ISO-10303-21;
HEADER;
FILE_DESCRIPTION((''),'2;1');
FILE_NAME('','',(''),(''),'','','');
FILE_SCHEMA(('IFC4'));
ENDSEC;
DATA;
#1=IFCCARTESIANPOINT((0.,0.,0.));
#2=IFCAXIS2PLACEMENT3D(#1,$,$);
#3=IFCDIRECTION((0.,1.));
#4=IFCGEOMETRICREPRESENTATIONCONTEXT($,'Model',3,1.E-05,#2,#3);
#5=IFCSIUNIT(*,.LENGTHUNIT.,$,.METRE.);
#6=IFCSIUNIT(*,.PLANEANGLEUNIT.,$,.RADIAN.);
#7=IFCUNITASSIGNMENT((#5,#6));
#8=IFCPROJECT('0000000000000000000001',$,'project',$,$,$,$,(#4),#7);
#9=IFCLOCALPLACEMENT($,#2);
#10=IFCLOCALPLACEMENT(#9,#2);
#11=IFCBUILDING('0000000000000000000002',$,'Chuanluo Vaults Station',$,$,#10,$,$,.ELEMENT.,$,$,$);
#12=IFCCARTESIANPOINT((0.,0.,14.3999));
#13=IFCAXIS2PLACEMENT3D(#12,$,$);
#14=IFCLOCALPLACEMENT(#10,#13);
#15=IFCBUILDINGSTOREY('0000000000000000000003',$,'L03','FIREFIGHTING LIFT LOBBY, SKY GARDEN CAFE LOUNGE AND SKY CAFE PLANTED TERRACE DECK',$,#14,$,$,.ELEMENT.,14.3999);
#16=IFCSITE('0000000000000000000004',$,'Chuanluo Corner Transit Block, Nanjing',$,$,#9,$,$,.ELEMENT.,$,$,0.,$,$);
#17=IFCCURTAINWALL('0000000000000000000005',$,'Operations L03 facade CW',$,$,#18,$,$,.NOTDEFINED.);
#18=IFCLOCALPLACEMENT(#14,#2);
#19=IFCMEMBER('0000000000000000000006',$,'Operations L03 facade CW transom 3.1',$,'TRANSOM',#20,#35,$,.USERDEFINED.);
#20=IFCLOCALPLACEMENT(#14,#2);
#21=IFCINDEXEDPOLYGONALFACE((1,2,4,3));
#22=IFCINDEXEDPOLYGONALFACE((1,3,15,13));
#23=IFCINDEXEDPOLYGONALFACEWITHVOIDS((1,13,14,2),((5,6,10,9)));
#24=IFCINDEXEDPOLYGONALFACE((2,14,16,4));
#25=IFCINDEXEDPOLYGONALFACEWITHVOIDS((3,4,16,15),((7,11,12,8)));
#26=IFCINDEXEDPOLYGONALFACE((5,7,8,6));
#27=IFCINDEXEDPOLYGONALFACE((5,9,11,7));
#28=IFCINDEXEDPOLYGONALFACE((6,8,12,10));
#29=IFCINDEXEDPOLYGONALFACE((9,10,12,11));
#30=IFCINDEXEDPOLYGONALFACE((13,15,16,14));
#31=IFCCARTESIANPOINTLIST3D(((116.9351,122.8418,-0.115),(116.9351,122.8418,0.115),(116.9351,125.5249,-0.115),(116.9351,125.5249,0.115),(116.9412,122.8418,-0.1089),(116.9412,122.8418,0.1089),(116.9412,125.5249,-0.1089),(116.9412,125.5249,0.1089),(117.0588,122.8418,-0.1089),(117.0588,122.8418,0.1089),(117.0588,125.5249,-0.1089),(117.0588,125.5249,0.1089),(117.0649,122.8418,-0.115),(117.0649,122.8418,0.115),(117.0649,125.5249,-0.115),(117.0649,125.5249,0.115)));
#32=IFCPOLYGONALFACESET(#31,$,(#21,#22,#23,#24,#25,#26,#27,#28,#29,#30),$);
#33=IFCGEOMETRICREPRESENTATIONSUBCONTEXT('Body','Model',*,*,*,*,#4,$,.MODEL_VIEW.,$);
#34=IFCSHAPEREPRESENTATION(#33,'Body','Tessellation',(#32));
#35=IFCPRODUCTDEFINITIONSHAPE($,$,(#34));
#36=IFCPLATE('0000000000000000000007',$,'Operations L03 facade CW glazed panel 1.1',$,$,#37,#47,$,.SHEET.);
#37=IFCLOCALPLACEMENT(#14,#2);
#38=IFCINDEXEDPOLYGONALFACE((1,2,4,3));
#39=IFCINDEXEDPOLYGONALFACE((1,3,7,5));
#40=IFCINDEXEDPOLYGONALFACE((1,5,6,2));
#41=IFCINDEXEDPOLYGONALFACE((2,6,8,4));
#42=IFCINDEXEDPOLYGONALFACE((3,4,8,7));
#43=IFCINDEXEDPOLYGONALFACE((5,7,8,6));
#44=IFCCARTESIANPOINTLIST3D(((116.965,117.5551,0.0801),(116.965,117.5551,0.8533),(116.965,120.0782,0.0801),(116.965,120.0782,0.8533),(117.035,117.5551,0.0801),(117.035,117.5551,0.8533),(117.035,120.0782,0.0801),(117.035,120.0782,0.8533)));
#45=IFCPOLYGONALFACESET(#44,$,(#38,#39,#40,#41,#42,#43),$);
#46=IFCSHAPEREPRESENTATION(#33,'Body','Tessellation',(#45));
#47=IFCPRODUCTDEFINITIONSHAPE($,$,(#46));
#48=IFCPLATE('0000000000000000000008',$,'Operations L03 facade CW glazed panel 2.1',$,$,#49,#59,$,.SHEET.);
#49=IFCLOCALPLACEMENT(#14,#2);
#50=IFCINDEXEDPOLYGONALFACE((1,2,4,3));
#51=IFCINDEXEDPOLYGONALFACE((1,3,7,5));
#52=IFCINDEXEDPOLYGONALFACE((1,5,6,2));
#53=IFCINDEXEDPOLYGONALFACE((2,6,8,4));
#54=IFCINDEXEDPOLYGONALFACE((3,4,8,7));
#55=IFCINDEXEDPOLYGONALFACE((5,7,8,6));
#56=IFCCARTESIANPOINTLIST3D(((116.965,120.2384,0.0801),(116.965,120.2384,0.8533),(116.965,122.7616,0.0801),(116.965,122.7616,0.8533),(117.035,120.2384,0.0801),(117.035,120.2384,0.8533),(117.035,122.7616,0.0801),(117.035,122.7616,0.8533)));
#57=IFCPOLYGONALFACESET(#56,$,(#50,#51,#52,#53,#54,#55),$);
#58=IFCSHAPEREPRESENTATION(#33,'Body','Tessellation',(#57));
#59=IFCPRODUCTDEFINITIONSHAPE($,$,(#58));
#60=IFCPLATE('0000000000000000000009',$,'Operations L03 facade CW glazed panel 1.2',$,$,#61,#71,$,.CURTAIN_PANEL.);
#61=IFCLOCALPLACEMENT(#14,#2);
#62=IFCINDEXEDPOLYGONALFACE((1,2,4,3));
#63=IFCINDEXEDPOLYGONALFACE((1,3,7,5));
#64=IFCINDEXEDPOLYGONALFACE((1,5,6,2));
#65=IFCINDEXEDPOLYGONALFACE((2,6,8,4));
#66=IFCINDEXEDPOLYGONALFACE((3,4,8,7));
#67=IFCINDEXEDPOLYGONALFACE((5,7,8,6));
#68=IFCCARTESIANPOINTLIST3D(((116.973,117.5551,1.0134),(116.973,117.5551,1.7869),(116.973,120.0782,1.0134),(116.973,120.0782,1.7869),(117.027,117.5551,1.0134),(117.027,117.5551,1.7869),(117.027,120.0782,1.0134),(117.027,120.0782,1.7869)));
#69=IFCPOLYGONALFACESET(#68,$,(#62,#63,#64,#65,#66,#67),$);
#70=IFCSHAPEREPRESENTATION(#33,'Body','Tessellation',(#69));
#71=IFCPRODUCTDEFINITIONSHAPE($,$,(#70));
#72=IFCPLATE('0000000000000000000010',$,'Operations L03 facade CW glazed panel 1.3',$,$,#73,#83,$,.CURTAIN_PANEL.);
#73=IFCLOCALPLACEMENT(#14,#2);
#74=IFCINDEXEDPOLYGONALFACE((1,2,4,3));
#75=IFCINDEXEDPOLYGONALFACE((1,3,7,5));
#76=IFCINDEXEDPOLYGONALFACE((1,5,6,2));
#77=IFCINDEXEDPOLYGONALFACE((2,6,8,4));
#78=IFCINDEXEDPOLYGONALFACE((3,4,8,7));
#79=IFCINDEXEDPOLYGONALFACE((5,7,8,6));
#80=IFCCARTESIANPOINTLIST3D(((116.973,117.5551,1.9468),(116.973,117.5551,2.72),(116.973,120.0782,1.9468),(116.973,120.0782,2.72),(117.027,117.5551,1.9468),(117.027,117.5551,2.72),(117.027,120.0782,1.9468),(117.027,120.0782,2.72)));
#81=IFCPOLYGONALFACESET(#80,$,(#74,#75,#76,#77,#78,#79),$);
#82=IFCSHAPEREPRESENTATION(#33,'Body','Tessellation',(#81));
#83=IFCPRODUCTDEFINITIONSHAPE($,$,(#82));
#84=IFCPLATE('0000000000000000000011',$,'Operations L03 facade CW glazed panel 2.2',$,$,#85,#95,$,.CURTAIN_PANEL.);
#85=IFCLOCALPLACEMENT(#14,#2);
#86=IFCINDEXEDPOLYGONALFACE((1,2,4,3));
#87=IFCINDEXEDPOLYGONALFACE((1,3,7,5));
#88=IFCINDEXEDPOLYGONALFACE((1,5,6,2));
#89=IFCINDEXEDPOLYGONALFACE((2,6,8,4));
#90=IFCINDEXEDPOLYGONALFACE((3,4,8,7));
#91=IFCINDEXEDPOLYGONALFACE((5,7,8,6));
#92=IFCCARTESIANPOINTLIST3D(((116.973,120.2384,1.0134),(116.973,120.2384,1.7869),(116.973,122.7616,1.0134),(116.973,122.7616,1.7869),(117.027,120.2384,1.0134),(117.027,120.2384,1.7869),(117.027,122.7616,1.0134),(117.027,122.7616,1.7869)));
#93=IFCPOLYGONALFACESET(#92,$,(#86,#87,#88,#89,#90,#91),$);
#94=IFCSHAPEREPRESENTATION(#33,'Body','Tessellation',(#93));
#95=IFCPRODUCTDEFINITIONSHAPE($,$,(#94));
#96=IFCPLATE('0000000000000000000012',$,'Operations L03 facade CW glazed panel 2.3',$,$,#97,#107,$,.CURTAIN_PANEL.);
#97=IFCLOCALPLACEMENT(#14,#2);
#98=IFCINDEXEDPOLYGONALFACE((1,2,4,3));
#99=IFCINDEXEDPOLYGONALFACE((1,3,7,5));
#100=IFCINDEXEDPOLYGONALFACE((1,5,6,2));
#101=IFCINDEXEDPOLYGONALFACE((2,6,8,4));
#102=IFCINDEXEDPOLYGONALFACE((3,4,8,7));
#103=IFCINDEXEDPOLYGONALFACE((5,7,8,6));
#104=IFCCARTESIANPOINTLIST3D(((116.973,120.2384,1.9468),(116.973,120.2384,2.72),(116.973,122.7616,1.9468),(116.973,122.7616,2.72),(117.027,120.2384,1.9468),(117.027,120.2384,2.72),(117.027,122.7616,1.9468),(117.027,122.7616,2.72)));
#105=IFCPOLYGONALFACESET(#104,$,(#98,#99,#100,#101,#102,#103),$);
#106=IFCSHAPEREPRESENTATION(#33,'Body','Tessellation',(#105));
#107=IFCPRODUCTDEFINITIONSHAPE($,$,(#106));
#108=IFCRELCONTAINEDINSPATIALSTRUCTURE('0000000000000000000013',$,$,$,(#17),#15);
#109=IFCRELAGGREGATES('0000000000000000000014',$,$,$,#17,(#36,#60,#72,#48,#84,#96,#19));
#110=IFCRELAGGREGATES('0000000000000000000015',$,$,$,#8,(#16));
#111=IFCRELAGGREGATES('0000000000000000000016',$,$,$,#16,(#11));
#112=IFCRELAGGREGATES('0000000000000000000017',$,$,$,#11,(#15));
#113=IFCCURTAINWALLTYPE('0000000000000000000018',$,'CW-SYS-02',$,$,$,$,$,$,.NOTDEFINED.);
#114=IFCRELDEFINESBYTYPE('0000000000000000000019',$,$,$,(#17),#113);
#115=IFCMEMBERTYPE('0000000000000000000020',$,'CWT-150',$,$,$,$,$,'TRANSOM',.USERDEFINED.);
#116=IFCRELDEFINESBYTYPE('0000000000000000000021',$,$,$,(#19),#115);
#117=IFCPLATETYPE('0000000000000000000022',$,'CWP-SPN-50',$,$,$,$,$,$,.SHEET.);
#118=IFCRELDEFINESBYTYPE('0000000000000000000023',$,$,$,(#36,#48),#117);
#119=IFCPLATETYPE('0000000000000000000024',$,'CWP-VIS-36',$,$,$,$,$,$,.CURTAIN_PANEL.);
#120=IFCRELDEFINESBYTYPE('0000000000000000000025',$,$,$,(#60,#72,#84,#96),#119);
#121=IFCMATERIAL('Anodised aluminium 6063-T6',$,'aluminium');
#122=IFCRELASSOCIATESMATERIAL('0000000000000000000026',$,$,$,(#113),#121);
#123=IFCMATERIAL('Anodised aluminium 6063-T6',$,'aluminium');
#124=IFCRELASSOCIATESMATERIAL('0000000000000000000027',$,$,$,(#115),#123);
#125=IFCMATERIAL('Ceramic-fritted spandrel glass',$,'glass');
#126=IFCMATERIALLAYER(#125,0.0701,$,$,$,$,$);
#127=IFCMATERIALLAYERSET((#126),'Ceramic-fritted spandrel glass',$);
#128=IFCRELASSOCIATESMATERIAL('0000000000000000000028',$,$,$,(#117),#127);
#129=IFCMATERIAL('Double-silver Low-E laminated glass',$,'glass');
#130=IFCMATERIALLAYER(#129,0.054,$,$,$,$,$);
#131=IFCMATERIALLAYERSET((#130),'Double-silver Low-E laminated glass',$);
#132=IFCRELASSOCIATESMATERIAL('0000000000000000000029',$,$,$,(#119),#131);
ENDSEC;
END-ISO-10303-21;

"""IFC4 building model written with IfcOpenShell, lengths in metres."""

from ifc_helpers import new_model, si_unit, direction, frame, origin, origin_2d, place, context, subcontext, project, spatial, rectangle, hollow_rectangle, extrude, material, layer, layer_set, material_profile, profile_set, type_object, element, aggregate, save


model = new_model("IFC4")

# Units and contexts
model_context = context("Model", 3, precision=1e-05, world=origin(), true_north=direction((0.0, 1.0)))
body_context = subcontext(model_context, "Body", "Model", "MODEL_VIEW")
ifc_project = project(units=[si_unit("LENGTHUNIT", "METRE"), si_unit("PLANEANGLEUNIT", "RADIAN")], contexts=[model_context])

# Site, building, storey
site_placement = place(None, origin())
site = spatial("IfcSite", under=ifc_project, at=site_placement, Name="Chuanluo Corner Transit Block, Nanjing", CompositionType="ELEMENT", RefElevation=0.0)
building_placement = place(site_placement, origin())
building = spatial("IfcBuilding", under=site, at=building_placement, Name="Chuanluo Vaults Station", CompositionType="ELEMENT")
storey_placement = place(building_placement, frame((0.0, 0.0, 14.3999)))
storey = spatial("IfcBuildingStorey", under=building, at=storey_placement, Name="L03", Description="FIREFIGHTING LIFT LOBBY, SKY GARDEN CAFE LOUNGE AND SKY CAFE PLANTED TERRACE DECK", CompositionType="ELEMENT", Elevation=14.3999)

# Curtain wall
ifc_material_1 = material(Name="Anodised aluminium 6063-T6", Category="aluminium")
curtain_wall_type_1 = type_object("IfcCurtainWallType", Name="CW-SYS-02", PredefinedType="NOTDEFINED", material=ifc_material_1)
curtain_wall_1_placement = place(storey_placement, origin())
curtain_wall_1 = element("IfcCurtainWall", 1, at=curtain_wall_1_placement, inside=storey, type_object=curtain_wall_type_1, Name="Operations L03 facade CW", PredefinedType="NOTDEFINED")

# Member
ifc_material_2 = material(Name="Anodised aluminium 6063-T6", Category="aluminium")
ifc_material_profile_1 = material_profile(ifc_material_2, hollow_rectangle(XDim=0.1299, YDim=0.23, WallThickness=0.0061, at=origin_2d()))
ifc_profile_set_1 = profile_set([ifc_material_profile_1], Name="Anodised aluminium 6063-T6")
member_type_1 = type_object("IfcMemberType", Name="CWT-150", ElementType="TRANSOM", PredefinedType="USERDEFINED", material=ifc_profile_set_1)
member_1_placement = place(storey_placement, frame((117.0, 122.8418, 0.0), z_axis=(0.0, 1.0, 0.0), x_axis=(-1.0, 0.0, 0.0)))
member_1 = element("IfcMember", 2, at=member_1_placement, type_object=member_type_1, Name="Operations L03 facade CW transom 3.1", ObjectType="TRANSOM", PredefinedType="USERDEFINED", context=body_context, shape_type="SweptSolid", body=[
    extrude(hollow_rectangle(XDim=0.1299, YDim=0.23, WallThickness=0.0061, at=origin_2d()), origin(), (0.0, 0.0, 1.0), 2.6831),
])

# Plates
ifc_material_3 = material(Name="Ceramic-fritted spandrel glass", Category="glass")
ifc_layer_1 = layer(ifc_material_3, 0.0701)
ifc_layer_set_1 = layer_set([ifc_layer_1], Name="Ceramic-fritted spandrel glass")
plate_type_1 = type_object("IfcPlateType", Name="CWP-SPN-50", PredefinedType="SHEET", material=ifc_layer_set_1)
plate_1_placement = place(storey_placement, frame((117.0, 118.8167, 0.0801), z_axis=(0.0, 0.0, 1.0), x_axis=(0.0, 1.0, 0.0)))
plate_1 = element("IfcPlate", 3, at=plate_1_placement, type_object=plate_type_1, Name="Operations L03 facade CW glazed panel 1.1", PredefinedType="SHEET", context=body_context, shape_type="SweptSolid", body=[
    extrude(rectangle(XDim=2.5232, YDim=0.0701, at=origin_2d()), origin(), (0.0, 0.0, 1.0), 0.7732),
])
plate_2_placement = place(storey_placement, frame((117.0, 121.5, 0.0801), z_axis=(0.0, 0.0, 1.0), x_axis=(0.0, 1.0, 0.0)))
plate_2 = element("IfcPlate", 4, at=plate_2_placement, type_object=plate_type_1, Name="Operations L03 facade CW glazed panel 2.1", PredefinedType="SHEET", context=body_context, shape_type="SweptSolid", body=[
    extrude(rectangle(XDim=2.5232, YDim=0.0701, at=origin_2d()), origin(), (0.0, 0.0, 1.0), 0.7732),
])
ifc_material_4 = material(Name="Double-silver Low-E laminated glass", Category="glass")
ifc_layer_2 = layer(ifc_material_4, 0.054)
ifc_layer_set_2 = layer_set([ifc_layer_2], Name="Double-silver Low-E laminated glass")
plate_type_2 = type_object("IfcPlateType", Name="CWP-VIS-36", PredefinedType="CURTAIN_PANEL", material=ifc_layer_set_2)
plate_3_placement = place(storey_placement, frame((117.0, 118.8167, 1.0134), z_axis=(0.0, 0.0, 1.0), x_axis=(0.0, 1.0, 0.0)))
plate_3 = element("IfcPlate", 5, at=plate_3_placement, type_object=plate_type_2, Name="Operations L03 facade CW glazed panel 1.2", PredefinedType="CURTAIN_PANEL", context=body_context, shape_type="SweptSolid", body=[
    extrude(rectangle(XDim=2.5232, YDim=0.054, at=origin_2d()), origin(), (0.0, 0.0, 1.0), 0.7734),
])
plate_4_placement = place(storey_placement, frame((117.0, 118.8167, 1.9468), z_axis=(0.0, 0.0, 1.0), x_axis=(0.0, 1.0, 0.0)))
plate_4 = element("IfcPlate", 6, at=plate_4_placement, type_object=plate_type_2, Name="Operations L03 facade CW glazed panel 1.3", PredefinedType="CURTAIN_PANEL", context=body_context, shape_type="SweptSolid", body=[
    extrude(rectangle(XDim=2.5232, YDim=0.054, at=origin_2d()), origin(), (0.0, 0.0, 1.0), 0.7732),
])
plate_5_placement = place(storey_placement, frame((117.0, 121.5, 1.0134), z_axis=(0.0, 0.0, 1.0), x_axis=(0.0, 1.0, 0.0)))
plate_5 = element("IfcPlate", 7, at=plate_5_placement, type_object=plate_type_2, Name="Operations L03 facade CW glazed panel 2.2", PredefinedType="CURTAIN_PANEL", context=body_context, shape_type="SweptSolid", body=[
    extrude(rectangle(XDim=2.5232, YDim=0.054, at=origin_2d()), origin(), (0.0, 0.0, 1.0), 0.7734),
])
plate_6_placement = place(storey_placement, frame((117.0, 121.5, 1.9468), z_axis=(0.0, 0.0, 1.0), x_axis=(0.0, 1.0, 0.0)))
plate_6 = element("IfcPlate", 8, at=plate_6_placement, type_object=plate_type_2, Name="Operations L03 facade CW glazed panel 2.3", PredefinedType="CURTAIN_PANEL", context=body_context, shape_type="SweptSolid", body=[
    extrude(rectangle(XDim=2.5232, YDim=0.054, at=origin_2d()), origin(), (0.0, 0.0, 1.0), 0.7732),
])
aggregate(curtain_wall_1, [plate_1, plate_3, plate_4, plate_2, plate_5, plate_6, member_1])

save(model, "model.ifc")
